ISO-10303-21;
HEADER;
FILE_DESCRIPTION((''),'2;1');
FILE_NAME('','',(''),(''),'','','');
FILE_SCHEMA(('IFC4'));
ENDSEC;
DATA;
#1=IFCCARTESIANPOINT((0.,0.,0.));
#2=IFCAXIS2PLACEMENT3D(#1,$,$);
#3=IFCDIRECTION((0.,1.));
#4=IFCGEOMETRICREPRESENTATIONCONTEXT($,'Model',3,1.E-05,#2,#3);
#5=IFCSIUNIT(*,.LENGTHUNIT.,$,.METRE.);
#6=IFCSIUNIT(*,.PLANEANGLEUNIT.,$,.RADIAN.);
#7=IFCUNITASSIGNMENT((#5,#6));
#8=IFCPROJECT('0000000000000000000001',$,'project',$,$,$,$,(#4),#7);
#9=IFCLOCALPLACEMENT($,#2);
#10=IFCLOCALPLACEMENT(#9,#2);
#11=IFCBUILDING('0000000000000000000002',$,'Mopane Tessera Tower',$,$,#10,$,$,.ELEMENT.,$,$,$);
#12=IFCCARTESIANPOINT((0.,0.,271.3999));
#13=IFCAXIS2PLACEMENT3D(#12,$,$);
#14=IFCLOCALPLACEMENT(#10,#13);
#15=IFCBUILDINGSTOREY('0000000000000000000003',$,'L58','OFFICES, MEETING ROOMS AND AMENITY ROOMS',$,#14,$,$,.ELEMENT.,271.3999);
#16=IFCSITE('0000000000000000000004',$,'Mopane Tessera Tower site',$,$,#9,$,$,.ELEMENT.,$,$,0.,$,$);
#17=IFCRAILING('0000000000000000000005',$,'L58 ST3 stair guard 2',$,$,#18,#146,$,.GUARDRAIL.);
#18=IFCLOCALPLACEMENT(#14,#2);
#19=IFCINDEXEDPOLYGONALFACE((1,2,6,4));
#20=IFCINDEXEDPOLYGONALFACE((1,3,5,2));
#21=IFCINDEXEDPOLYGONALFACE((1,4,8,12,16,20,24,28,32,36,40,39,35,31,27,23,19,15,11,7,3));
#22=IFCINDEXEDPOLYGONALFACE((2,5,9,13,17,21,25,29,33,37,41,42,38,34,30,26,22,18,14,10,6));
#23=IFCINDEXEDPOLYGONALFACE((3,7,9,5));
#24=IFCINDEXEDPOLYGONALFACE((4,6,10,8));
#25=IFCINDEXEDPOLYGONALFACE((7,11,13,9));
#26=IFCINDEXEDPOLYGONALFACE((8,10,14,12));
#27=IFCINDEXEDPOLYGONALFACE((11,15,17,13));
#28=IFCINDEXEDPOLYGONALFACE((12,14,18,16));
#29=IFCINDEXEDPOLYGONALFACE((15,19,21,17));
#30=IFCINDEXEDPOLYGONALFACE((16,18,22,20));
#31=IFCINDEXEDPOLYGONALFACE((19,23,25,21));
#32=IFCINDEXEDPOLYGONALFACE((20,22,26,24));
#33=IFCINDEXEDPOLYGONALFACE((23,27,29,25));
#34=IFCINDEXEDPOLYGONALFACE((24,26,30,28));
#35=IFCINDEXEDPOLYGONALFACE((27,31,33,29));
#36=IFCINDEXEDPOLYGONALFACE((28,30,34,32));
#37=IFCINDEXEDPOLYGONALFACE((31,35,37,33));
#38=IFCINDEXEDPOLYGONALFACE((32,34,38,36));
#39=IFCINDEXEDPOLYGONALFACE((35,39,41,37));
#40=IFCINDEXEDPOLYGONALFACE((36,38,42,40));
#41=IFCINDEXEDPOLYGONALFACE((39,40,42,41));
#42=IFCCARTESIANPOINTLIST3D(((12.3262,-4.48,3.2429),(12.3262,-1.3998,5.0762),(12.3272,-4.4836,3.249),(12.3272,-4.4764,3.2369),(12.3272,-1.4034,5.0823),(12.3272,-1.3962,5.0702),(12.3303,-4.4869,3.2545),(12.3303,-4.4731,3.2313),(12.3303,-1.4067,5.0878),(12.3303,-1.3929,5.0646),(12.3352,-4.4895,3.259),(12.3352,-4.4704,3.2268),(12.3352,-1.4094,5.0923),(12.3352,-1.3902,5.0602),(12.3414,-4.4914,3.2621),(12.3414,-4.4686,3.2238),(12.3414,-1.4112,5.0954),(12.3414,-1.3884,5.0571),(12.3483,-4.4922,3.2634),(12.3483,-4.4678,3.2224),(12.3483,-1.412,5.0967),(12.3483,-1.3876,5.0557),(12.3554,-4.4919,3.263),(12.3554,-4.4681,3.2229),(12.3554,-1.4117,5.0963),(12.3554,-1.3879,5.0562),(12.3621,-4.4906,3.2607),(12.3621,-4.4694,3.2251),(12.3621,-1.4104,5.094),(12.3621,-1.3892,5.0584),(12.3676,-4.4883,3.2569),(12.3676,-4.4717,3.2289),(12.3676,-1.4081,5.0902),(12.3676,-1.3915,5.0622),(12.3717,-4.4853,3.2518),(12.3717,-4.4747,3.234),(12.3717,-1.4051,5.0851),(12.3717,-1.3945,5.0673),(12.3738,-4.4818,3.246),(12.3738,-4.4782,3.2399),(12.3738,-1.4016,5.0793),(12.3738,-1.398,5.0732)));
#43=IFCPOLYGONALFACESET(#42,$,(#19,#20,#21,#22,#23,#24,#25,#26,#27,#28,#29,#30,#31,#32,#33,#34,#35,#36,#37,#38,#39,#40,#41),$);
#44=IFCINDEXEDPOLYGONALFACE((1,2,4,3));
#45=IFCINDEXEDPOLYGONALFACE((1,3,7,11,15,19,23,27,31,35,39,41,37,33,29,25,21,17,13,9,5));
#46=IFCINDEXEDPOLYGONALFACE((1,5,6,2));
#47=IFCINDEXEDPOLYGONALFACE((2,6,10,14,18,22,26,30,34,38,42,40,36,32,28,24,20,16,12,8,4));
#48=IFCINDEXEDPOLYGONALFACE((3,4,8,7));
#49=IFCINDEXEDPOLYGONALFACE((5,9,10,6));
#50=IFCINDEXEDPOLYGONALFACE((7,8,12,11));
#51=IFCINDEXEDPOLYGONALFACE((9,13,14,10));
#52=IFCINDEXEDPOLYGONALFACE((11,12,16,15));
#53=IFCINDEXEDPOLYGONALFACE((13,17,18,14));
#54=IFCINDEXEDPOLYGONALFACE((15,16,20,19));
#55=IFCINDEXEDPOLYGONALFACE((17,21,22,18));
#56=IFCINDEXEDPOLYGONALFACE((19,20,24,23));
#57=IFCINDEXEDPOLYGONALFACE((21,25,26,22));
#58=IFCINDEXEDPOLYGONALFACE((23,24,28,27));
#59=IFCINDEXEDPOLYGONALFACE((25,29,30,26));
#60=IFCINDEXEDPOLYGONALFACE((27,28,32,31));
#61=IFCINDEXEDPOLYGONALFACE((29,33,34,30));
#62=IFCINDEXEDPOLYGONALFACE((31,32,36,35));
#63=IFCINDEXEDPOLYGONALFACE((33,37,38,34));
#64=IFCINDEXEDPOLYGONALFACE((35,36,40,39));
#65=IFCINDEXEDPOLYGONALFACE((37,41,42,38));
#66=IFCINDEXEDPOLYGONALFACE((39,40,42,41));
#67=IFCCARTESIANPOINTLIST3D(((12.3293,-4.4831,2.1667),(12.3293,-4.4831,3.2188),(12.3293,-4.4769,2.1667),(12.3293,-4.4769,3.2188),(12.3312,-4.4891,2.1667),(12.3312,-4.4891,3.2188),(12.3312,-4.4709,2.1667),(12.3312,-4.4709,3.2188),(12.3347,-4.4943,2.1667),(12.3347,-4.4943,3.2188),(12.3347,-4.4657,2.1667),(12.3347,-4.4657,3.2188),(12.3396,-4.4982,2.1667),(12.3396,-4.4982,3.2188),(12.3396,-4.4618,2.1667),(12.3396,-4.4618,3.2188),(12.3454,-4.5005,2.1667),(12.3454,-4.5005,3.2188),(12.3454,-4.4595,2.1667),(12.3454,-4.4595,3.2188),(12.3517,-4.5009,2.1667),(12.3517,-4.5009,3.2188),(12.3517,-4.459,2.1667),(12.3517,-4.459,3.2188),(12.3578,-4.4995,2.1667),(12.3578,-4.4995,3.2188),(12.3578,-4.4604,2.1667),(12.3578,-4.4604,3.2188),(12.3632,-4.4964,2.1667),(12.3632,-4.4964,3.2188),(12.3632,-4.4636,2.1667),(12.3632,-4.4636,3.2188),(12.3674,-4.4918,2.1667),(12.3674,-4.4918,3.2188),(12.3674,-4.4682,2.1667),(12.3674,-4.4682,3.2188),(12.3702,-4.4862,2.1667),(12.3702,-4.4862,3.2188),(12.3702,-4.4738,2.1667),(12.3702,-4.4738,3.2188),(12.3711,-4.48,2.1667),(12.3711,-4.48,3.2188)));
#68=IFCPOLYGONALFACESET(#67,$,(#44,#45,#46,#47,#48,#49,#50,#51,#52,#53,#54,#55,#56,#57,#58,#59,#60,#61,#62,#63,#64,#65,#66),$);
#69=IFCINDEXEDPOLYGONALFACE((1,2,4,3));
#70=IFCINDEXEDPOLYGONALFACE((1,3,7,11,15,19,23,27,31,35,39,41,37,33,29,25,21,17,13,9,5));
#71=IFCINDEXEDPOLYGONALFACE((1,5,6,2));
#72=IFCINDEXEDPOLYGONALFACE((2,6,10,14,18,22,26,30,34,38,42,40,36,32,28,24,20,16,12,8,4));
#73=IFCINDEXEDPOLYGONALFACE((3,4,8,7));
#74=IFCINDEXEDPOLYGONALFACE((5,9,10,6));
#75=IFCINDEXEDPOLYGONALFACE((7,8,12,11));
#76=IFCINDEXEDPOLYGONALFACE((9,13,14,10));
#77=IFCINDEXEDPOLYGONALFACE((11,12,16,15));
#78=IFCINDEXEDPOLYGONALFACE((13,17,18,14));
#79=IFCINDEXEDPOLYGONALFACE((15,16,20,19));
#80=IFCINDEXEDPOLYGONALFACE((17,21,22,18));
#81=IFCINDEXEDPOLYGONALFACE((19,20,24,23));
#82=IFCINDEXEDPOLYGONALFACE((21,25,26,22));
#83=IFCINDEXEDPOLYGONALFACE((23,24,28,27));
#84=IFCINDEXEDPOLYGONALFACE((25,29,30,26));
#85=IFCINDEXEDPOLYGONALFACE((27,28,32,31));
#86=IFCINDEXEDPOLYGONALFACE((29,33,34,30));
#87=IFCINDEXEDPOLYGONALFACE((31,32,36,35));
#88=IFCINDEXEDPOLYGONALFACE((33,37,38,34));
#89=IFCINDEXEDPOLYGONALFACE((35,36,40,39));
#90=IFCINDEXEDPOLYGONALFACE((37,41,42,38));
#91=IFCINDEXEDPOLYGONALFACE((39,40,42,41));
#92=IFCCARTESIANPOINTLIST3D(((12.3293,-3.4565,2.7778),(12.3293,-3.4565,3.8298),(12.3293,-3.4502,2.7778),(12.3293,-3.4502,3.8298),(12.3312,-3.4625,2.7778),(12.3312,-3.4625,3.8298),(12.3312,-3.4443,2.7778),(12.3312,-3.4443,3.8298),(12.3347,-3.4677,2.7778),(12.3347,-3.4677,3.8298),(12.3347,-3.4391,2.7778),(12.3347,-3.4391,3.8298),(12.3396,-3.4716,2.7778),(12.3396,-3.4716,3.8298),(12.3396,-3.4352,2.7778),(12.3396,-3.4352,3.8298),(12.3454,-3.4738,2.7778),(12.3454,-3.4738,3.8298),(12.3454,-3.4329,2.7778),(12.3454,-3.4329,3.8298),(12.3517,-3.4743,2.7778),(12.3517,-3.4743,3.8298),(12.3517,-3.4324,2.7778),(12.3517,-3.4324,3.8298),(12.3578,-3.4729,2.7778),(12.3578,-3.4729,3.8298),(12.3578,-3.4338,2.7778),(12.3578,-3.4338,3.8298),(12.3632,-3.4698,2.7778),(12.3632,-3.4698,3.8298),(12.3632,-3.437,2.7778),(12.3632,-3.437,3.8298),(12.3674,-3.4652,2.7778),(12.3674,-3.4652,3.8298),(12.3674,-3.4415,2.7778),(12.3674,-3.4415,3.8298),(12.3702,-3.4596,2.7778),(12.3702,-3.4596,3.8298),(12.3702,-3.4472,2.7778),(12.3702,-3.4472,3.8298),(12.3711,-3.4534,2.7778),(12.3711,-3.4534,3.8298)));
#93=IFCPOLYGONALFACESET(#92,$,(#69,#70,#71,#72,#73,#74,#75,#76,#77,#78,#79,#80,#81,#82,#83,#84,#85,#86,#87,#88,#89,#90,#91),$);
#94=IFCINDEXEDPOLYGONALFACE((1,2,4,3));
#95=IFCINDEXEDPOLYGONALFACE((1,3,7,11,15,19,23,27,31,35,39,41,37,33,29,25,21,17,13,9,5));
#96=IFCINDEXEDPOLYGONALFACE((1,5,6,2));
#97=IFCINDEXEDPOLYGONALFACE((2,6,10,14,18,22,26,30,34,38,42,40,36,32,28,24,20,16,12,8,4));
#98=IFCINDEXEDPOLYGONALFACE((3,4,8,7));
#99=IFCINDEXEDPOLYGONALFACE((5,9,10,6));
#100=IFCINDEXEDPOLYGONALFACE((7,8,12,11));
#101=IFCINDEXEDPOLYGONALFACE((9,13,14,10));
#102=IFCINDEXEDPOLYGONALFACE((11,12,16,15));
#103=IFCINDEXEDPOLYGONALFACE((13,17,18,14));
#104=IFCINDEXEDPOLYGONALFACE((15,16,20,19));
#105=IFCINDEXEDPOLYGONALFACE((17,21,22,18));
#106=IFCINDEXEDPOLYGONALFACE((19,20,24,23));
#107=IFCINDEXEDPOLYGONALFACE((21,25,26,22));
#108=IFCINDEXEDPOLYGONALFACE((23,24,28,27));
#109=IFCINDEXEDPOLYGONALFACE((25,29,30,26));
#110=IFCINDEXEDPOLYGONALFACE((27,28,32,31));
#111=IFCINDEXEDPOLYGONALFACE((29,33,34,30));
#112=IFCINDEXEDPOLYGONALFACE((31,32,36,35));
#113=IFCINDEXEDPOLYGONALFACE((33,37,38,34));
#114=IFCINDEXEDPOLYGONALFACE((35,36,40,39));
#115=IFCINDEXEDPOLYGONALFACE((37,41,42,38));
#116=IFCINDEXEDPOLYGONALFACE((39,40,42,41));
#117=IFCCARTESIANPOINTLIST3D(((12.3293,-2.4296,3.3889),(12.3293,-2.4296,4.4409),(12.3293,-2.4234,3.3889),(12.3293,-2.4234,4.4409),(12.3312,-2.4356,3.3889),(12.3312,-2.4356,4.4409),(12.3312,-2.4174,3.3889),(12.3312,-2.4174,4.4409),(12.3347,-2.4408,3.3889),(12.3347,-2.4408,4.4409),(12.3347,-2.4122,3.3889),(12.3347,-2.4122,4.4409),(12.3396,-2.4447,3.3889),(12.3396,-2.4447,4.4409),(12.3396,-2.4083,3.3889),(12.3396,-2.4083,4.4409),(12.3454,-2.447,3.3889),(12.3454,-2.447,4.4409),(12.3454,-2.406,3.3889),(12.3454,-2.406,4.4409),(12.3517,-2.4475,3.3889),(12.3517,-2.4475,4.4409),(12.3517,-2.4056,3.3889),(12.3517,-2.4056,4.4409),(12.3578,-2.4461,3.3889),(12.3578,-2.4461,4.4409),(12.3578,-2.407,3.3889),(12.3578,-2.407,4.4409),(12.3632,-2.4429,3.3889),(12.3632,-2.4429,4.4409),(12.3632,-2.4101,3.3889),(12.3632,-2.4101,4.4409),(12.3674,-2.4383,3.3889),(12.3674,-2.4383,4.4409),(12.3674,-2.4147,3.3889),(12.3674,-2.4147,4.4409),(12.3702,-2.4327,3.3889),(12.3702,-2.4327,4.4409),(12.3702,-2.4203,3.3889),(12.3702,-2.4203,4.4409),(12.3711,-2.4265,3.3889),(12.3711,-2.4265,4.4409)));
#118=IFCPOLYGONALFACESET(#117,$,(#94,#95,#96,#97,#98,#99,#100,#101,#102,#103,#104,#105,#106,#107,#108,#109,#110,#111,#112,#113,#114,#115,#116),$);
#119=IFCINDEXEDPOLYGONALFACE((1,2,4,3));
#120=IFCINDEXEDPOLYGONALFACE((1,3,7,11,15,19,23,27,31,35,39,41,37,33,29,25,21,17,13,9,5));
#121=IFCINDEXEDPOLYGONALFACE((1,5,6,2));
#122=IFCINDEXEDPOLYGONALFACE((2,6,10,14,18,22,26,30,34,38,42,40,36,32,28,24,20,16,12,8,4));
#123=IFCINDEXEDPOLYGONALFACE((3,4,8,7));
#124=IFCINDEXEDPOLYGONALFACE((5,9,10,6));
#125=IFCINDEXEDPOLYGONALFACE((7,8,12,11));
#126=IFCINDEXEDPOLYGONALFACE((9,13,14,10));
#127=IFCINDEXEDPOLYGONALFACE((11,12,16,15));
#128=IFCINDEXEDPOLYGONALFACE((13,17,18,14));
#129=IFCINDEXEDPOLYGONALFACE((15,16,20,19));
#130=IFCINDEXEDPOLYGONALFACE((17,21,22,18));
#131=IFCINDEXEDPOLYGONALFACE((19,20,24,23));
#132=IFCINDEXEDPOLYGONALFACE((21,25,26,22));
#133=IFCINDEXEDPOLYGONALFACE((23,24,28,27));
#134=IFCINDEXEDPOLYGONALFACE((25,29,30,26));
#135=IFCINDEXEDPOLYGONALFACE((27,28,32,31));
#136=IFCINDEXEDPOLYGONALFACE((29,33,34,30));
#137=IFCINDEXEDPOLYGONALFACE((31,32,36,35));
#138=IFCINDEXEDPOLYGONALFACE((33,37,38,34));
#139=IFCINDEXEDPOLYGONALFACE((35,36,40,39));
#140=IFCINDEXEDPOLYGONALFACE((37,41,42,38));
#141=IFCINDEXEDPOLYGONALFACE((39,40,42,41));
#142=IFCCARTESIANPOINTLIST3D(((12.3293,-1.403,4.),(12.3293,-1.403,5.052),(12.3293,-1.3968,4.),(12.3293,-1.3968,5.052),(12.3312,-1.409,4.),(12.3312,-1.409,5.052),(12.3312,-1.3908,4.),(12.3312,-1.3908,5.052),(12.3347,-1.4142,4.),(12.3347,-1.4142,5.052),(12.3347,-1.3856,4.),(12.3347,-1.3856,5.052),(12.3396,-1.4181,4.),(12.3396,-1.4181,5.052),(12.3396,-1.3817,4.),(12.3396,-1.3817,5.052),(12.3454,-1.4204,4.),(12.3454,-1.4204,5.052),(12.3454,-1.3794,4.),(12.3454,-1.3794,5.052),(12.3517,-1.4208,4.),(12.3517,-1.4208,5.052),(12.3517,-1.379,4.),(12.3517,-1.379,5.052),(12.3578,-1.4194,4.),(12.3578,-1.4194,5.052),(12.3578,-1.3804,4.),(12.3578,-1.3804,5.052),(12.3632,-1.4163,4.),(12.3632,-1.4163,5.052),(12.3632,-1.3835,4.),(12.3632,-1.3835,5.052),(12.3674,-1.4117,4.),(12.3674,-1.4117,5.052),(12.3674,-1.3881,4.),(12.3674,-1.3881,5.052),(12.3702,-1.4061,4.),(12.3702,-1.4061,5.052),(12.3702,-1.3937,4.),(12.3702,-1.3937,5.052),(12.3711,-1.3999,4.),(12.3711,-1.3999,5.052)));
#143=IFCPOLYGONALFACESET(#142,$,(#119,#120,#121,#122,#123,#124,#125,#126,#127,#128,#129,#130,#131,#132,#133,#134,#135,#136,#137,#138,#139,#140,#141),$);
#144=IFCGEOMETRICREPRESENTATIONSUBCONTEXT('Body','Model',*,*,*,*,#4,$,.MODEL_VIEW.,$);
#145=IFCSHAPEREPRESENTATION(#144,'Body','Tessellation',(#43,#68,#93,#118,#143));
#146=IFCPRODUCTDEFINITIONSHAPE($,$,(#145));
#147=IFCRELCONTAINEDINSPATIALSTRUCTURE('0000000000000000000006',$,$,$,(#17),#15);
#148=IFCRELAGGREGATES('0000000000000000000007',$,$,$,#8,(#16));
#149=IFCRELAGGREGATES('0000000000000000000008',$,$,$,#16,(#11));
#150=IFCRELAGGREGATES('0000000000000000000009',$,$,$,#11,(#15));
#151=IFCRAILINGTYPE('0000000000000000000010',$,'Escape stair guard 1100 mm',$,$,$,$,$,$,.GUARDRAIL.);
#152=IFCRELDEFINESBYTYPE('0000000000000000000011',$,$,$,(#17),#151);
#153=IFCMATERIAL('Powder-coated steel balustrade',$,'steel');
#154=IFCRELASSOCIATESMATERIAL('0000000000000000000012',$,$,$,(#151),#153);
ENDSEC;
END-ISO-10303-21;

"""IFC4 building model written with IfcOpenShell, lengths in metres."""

from ifc_helpers import new_model, si_unit, direction, frame, origin, origin_2d, place, context, subcontext, project, spatial, circle, extrude, material, type_object, element, save


model = new_model("IFC4")

# Units and contexts
model_context = context("Model", 3, precision=1e-05, world=origin(), true_north=direction((0.0, 1.0)))
body_context = subcontext(model_context, "Body", "Model", "MODEL_VIEW")
ifc_project = project(units=[si_unit("LENGTHUNIT", "METRE"), si_unit("PLANEANGLEUNIT", "RADIAN")], contexts=[model_context])

# Site, building, storey
site_placement = place(None, origin())
site = spatial("IfcSite", under=ifc_project, at=site_placement, Name="Mopane Tessera Tower site", CompositionType="ELEMENT", RefElevation=0.0)
building_placement = place(site_placement, origin())
building = spatial("IfcBuilding", under=site, at=building_placement, Name="Mopane Tessera Tower", CompositionType="ELEMENT")
storey_placement = place(building_placement, frame((0.0, 0.0, 271.3999)))
storey = spatial("IfcBuildingStorey", under=building, at=storey_placement, Name="L58", Description="OFFICES, MEETING ROOMS AND AMENITY ROOMS", CompositionType="ELEMENT", Elevation=271.3999)

# Railing
ifc_material_1 = material(Name="Powder-coated steel balustrade", Category="steel")
railing_type_1 = type_object("IfcRailingType", Name="Escape stair guard 1100 mm", PredefinedType="GUARDRAIL", material=ifc_material_1)
railing_1_placement = place(storey_placement, frame((12.3501, -4.48, 2.1667)))
element("IfcRailing", 1, at=railing_1_placement, inside=storey, type_object=railing_type_1, Name="L58 ST3 stair guard 2", PredefinedType="GUARDRAIL", context=body_context, shape_type="SweptSolid", body=[
    extrude(circle(Radius=0.0239, at=origin_2d()), frame((0.0, 0.0, 1.0762), z_axis=(0.0, 0.859309, 0.511458), x_axis=(-1.0, 0.0, 0.0)), (0.0, 0.0, 1.0), 3.5845),
    extrude(circle(Radius=0.021, at=origin_2d()), origin(), (0.0, 0.0, 1.0), 1.052),
    extrude(circle(Radius=0.021, at=origin_2d()), frame((0.0, 1.0266, 0.6111)), (0.0, 0.0, 1.0), 1.052),
    extrude(circle(Radius=0.021, at=origin_2d()), frame((0.0, 2.0535, 1.2222)), (0.0, 0.0, 1.0), 1.052),
    extrude(circle(Radius=0.021, at=origin_2d()), frame((0.0, 3.0801, 1.8333)), (0.0, 0.0, 1.0), 1.052),
])

save(model, "model.ifc")
